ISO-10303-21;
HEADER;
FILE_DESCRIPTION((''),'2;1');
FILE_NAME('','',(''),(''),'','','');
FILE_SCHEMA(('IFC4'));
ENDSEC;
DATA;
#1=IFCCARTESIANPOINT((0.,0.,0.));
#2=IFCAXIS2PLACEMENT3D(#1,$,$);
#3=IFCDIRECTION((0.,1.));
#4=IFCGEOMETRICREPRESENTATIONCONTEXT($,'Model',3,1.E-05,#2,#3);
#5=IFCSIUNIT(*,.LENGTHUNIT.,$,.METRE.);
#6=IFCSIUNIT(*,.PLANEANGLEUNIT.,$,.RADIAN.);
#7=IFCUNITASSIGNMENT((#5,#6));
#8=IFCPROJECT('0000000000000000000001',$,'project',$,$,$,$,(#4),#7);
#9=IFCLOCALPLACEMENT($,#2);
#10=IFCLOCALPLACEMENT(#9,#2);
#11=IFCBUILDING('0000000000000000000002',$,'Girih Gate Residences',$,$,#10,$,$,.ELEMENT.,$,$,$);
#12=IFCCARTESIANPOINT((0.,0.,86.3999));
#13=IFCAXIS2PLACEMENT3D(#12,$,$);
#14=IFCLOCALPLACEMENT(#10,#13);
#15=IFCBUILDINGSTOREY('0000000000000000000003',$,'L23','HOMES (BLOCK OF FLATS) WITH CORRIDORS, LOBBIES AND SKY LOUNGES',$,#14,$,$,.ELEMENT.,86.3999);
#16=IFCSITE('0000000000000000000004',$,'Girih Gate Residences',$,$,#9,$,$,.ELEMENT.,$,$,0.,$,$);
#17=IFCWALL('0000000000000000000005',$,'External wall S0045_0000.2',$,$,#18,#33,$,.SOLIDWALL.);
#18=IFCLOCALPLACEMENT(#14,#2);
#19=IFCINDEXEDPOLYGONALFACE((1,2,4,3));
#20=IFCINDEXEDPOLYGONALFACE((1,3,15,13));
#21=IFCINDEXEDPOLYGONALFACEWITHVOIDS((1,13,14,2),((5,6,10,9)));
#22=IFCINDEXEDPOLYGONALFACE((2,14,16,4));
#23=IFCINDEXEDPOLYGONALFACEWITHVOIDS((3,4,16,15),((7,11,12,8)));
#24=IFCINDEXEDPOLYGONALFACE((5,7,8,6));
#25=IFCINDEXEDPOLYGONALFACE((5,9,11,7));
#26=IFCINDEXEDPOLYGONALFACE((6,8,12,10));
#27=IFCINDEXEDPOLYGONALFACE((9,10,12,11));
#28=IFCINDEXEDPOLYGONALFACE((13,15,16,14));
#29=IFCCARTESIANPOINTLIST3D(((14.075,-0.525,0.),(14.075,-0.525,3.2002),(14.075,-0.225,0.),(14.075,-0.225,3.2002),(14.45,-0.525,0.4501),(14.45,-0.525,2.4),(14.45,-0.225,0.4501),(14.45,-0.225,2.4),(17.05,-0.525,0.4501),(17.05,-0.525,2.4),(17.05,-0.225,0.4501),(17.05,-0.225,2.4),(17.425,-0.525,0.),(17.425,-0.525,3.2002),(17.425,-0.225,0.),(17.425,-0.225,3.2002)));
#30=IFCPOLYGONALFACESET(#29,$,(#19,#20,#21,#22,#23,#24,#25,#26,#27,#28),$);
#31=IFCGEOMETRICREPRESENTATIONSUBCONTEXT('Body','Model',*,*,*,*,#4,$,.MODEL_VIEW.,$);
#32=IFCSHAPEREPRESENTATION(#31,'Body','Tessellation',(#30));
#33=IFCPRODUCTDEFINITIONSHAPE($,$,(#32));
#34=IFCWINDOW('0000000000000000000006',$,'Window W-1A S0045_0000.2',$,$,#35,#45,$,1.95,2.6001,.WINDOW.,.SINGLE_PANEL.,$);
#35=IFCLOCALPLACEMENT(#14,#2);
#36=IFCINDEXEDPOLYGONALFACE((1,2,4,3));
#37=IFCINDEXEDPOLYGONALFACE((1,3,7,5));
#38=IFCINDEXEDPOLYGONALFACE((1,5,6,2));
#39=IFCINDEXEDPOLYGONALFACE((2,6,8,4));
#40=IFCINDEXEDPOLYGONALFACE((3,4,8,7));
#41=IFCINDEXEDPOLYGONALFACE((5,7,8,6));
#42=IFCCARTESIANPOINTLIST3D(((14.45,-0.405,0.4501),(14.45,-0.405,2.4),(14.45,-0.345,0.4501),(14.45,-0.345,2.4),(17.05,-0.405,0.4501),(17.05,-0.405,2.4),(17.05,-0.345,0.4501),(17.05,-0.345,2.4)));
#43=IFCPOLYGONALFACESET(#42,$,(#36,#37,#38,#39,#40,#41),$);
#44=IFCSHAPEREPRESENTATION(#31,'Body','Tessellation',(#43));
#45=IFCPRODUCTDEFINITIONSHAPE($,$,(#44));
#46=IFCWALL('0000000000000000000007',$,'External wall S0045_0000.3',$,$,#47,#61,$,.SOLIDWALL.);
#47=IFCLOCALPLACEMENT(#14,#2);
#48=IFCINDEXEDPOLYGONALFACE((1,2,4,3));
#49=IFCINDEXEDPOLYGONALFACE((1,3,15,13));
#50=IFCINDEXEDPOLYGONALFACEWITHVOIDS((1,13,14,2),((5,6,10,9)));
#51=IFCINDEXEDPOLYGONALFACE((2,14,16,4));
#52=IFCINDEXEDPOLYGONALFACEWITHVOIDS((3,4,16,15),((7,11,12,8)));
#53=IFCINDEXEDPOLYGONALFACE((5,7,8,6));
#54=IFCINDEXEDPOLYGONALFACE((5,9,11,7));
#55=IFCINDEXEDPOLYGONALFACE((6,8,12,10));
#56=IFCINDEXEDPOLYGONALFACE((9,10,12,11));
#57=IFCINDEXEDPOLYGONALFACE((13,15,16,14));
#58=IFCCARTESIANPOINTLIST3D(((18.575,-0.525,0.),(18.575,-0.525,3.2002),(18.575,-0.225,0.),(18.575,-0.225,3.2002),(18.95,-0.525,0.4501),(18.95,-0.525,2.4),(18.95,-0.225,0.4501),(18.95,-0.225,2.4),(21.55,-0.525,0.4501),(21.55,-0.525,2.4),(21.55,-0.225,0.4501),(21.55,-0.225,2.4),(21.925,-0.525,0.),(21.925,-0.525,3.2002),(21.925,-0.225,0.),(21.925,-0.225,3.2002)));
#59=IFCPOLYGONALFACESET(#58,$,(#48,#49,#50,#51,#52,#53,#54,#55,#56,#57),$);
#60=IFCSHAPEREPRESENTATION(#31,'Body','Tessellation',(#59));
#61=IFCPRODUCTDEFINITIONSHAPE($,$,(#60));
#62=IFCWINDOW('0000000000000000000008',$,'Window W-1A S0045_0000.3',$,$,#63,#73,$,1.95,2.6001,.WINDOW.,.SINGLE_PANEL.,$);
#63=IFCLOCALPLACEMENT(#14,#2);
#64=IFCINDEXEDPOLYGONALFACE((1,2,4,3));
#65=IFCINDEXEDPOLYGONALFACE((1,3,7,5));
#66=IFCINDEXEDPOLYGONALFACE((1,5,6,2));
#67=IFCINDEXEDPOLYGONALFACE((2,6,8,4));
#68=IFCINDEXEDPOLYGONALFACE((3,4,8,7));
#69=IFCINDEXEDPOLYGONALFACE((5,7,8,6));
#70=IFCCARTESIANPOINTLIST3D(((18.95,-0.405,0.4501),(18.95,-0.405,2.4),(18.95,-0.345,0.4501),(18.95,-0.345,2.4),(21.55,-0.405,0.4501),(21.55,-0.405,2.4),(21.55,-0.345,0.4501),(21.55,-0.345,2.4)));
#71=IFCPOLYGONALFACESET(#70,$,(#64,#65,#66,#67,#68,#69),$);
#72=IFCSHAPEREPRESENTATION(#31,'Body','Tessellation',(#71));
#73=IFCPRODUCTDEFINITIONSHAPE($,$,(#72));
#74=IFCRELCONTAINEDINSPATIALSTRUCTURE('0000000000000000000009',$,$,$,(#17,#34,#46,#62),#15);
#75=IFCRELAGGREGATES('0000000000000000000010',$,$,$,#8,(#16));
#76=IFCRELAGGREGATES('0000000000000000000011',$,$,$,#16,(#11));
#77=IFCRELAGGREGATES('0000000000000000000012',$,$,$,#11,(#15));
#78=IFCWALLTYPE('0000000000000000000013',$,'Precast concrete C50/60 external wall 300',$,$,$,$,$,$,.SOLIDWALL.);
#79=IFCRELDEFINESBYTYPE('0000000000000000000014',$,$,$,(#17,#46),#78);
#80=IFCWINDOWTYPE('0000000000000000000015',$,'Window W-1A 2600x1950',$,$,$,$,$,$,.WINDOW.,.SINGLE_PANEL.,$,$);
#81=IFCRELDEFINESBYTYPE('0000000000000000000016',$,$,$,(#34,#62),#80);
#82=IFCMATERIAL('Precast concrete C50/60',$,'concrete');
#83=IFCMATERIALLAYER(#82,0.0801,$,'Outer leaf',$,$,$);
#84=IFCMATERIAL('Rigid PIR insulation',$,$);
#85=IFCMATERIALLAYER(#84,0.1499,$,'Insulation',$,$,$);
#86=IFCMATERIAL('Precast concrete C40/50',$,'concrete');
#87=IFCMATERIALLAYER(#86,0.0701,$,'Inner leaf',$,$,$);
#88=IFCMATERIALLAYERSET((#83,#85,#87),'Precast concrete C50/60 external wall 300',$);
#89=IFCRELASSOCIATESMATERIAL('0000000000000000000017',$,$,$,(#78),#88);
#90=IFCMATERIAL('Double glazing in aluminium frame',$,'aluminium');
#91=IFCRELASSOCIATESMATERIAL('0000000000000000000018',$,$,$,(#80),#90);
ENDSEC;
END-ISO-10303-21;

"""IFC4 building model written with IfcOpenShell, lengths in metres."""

from ifc_helpers import new_model, si_unit, direction, frame, frame_2d, origin, place, context, subcontext, project, spatial, rectangle, extrude, material, layer, layer_set, type_object, element, fill, save


model = new_model("IFC4")

# Units and contexts
model_context = context("Model", 3, precision=1e-05, world=origin(), true_north=direction((0.0, 1.0)))
body_context = subcontext(model_context, "Body", "Model", "MODEL_VIEW")
ifc_project = project(units=[si_unit("LENGTHUNIT", "METRE"), si_unit("PLANEANGLEUNIT", "RADIAN")], contexts=[model_context])

# Site, building, storey
site_placement = place(None, origin())
site = spatial("IfcSite", under=ifc_project, at=site_placement, Name="Girih Gate Residences", CompositionType="ELEMENT", RefElevation=0.0)
building_placement = place(site_placement, origin())
building = spatial("IfcBuilding", under=site, at=building_placement, Name="Girih Gate Residences", CompositionType="ELEMENT")
storey_placement = place(building_placement, frame((0.0, 0.0, 86.3999)))
storey = spatial("IfcBuildingStorey", under=building, at=storey_placement, Name="L23", Description="HOMES (BLOCK OF FLATS) WITH CORRIDORS, LOBBIES AND SKY LOUNGES", CompositionType="ELEMENT", Elevation=86.3999)

# Walls, openings, windows
ifc_material_1 = material(Name="Precast concrete C50/60", Category="concrete")
ifc_layer_1 = layer(ifc_material_1, 0.0801, Name="Outer leaf")
ifc_material_2 = material(Name="Rigid PIR insulation")
ifc_layer_2 = layer(ifc_material_2, 0.1499, Name="Insulation")
ifc_material_3 = material(Name="Precast concrete C40/50", Category="concrete")
ifc_layer_3 = layer(ifc_material_3, 0.0701, Name="Inner leaf")
ifc_layer_set_1 = layer_set([ifc_layer_1, ifc_layer_2, ifc_layer_3], Name="Precast concrete C50/60 external wall 300")
wall_type_1 = type_object("IfcWallType", Name="Precast concrete C50/60 external wall 300", PredefinedType="SOLIDWALL", material=ifc_layer_set_1)
wall_1_placement = place(storey_placement, frame((17.425, -0.375, 0.0), z_axis=(0.0, 0.0, 1.0), x_axis=(-1.0, 0.0, 0.0)))
wall_1 = element("IfcWall", 1, at=wall_1_placement, inside=storey, type_object=wall_type_1, Name="External wall S0045_0000.2", PredefinedType="SOLIDWALL", context=body_context, shape_type="SweptSolid", body=[
    extrude(rectangle(XDim=3.3501, YDim=0.3, at=frame_2d((1.675, 0.0))), origin(), (0.0, 0.0, 1.0), 3.2002),
])
opening_1_placement = place(wall_1_placement, frame((0.375, 0.0, 0.45)))
opening_1 = element("IfcOpeningElement", 2, at=opening_1_placement, cuts=wall_1, PredefinedType="OPENING", context=body_context, shape_type="SweptSolid", body=[
    extrude(rectangle(XDim=2.6001, YDim=1.95, at=frame_2d((1.3, 0.9751))), frame((0.0, 0.1599, 0.0), z_axis=(0.0, -1.0, 0.0), x_axis=(1.0, 0.0, 0.0)), (0.0, 0.0, 1.0), 0.3201),
])
ifc_material_4 = material(Name="Double glazing in aluminium frame", Category="aluminium")
window_type = type_object("IfcWindowType", Name="Window W-1A 2600x1950", PartitioningType="SINGLE_PANEL", PredefinedType="WINDOW", material=ifc_material_4)
window_1_placement = place(opening_1_placement, origin())
window_1 = element("IfcWindow", 3, at=window_1_placement, inside=storey, type_object=window_type, Name="Window W-1A S0045_0000.2", OverallHeight=1.95, OverallWidth=2.6001, PartitioningType="SINGLE_PANEL", PredefinedType="WINDOW", context=body_context, shape_type="SweptSolid", body=[
    extrude(rectangle(XDim=2.6001, YDim=1.95, at=frame_2d((1.3, 0.9751))), frame((0.0, 0.03, 0.0), z_axis=(0.0, -1.0, 0.0), x_axis=(1.0, 0.0, 0.0)), (0.0, 0.0, 1.0), 0.0601),
])
fill(opening_1, window_1)
wall_2_placement = place(storey_placement, frame((21.925, -0.375, 0.0), z_axis=(0.0, 0.0, 1.0), x_axis=(-1.0, 0.0, 0.0)))
wall_2 = element("IfcWall", 4, at=wall_2_placement, inside=storey, type_object=wall_type_1, Name="External wall S0045_0000.3", PredefinedType="SOLIDWALL", context=body_context, shape_type="SweptSolid", body=[
    extrude(rectangle(XDim=3.3501, YDim=0.3, at=frame_2d((1.675, 0.0))), origin(), (0.0, 0.0, 1.0), 3.2002),
])
opening_2_placement = place(wall_2_placement, frame((0.375, 0.0, 0.45)))
opening_2 = element("IfcOpeningElement", 5, at=opening_2_placement, cuts=wall_2, PredefinedType="OPENING", context=body_context, shape_type="SweptSolid", body=[
    extrude(rectangle(XDim=2.6001, YDim=1.95, at=frame_2d((1.3, 0.9751))), frame((0.0, 0.1599, 0.0), z_axis=(0.0, -1.0, 0.0), x_axis=(1.0, 0.0, 0.0)), (0.0, 0.0, 1.0), 0.3201),
])
window_2_placement = place(opening_2_placement, origin())
window_2 = element("IfcWindow", 6, at=window_2_placement, inside=storey, type_object=window_type, Name="Window W-1A S0045_0000.3", OverallHeight=1.95, OverallWidth=2.6001, PartitioningType="SINGLE_PANEL", PredefinedType="WINDOW", context=body_context, shape_type="SweptSolid", body=[
    extrude(rectangle(XDim=2.6001, YDim=1.95, at=frame_2d((1.3, 0.9751))), frame((0.0, 0.03, 0.0), z_axis=(0.0, -1.0, 0.0), x_axis=(1.0, 0.0, 0.0)), (0.0, 0.0, 1.0), 0.0601),
])
fill(opening_2, window_2)

save(model, "model.ifc")
